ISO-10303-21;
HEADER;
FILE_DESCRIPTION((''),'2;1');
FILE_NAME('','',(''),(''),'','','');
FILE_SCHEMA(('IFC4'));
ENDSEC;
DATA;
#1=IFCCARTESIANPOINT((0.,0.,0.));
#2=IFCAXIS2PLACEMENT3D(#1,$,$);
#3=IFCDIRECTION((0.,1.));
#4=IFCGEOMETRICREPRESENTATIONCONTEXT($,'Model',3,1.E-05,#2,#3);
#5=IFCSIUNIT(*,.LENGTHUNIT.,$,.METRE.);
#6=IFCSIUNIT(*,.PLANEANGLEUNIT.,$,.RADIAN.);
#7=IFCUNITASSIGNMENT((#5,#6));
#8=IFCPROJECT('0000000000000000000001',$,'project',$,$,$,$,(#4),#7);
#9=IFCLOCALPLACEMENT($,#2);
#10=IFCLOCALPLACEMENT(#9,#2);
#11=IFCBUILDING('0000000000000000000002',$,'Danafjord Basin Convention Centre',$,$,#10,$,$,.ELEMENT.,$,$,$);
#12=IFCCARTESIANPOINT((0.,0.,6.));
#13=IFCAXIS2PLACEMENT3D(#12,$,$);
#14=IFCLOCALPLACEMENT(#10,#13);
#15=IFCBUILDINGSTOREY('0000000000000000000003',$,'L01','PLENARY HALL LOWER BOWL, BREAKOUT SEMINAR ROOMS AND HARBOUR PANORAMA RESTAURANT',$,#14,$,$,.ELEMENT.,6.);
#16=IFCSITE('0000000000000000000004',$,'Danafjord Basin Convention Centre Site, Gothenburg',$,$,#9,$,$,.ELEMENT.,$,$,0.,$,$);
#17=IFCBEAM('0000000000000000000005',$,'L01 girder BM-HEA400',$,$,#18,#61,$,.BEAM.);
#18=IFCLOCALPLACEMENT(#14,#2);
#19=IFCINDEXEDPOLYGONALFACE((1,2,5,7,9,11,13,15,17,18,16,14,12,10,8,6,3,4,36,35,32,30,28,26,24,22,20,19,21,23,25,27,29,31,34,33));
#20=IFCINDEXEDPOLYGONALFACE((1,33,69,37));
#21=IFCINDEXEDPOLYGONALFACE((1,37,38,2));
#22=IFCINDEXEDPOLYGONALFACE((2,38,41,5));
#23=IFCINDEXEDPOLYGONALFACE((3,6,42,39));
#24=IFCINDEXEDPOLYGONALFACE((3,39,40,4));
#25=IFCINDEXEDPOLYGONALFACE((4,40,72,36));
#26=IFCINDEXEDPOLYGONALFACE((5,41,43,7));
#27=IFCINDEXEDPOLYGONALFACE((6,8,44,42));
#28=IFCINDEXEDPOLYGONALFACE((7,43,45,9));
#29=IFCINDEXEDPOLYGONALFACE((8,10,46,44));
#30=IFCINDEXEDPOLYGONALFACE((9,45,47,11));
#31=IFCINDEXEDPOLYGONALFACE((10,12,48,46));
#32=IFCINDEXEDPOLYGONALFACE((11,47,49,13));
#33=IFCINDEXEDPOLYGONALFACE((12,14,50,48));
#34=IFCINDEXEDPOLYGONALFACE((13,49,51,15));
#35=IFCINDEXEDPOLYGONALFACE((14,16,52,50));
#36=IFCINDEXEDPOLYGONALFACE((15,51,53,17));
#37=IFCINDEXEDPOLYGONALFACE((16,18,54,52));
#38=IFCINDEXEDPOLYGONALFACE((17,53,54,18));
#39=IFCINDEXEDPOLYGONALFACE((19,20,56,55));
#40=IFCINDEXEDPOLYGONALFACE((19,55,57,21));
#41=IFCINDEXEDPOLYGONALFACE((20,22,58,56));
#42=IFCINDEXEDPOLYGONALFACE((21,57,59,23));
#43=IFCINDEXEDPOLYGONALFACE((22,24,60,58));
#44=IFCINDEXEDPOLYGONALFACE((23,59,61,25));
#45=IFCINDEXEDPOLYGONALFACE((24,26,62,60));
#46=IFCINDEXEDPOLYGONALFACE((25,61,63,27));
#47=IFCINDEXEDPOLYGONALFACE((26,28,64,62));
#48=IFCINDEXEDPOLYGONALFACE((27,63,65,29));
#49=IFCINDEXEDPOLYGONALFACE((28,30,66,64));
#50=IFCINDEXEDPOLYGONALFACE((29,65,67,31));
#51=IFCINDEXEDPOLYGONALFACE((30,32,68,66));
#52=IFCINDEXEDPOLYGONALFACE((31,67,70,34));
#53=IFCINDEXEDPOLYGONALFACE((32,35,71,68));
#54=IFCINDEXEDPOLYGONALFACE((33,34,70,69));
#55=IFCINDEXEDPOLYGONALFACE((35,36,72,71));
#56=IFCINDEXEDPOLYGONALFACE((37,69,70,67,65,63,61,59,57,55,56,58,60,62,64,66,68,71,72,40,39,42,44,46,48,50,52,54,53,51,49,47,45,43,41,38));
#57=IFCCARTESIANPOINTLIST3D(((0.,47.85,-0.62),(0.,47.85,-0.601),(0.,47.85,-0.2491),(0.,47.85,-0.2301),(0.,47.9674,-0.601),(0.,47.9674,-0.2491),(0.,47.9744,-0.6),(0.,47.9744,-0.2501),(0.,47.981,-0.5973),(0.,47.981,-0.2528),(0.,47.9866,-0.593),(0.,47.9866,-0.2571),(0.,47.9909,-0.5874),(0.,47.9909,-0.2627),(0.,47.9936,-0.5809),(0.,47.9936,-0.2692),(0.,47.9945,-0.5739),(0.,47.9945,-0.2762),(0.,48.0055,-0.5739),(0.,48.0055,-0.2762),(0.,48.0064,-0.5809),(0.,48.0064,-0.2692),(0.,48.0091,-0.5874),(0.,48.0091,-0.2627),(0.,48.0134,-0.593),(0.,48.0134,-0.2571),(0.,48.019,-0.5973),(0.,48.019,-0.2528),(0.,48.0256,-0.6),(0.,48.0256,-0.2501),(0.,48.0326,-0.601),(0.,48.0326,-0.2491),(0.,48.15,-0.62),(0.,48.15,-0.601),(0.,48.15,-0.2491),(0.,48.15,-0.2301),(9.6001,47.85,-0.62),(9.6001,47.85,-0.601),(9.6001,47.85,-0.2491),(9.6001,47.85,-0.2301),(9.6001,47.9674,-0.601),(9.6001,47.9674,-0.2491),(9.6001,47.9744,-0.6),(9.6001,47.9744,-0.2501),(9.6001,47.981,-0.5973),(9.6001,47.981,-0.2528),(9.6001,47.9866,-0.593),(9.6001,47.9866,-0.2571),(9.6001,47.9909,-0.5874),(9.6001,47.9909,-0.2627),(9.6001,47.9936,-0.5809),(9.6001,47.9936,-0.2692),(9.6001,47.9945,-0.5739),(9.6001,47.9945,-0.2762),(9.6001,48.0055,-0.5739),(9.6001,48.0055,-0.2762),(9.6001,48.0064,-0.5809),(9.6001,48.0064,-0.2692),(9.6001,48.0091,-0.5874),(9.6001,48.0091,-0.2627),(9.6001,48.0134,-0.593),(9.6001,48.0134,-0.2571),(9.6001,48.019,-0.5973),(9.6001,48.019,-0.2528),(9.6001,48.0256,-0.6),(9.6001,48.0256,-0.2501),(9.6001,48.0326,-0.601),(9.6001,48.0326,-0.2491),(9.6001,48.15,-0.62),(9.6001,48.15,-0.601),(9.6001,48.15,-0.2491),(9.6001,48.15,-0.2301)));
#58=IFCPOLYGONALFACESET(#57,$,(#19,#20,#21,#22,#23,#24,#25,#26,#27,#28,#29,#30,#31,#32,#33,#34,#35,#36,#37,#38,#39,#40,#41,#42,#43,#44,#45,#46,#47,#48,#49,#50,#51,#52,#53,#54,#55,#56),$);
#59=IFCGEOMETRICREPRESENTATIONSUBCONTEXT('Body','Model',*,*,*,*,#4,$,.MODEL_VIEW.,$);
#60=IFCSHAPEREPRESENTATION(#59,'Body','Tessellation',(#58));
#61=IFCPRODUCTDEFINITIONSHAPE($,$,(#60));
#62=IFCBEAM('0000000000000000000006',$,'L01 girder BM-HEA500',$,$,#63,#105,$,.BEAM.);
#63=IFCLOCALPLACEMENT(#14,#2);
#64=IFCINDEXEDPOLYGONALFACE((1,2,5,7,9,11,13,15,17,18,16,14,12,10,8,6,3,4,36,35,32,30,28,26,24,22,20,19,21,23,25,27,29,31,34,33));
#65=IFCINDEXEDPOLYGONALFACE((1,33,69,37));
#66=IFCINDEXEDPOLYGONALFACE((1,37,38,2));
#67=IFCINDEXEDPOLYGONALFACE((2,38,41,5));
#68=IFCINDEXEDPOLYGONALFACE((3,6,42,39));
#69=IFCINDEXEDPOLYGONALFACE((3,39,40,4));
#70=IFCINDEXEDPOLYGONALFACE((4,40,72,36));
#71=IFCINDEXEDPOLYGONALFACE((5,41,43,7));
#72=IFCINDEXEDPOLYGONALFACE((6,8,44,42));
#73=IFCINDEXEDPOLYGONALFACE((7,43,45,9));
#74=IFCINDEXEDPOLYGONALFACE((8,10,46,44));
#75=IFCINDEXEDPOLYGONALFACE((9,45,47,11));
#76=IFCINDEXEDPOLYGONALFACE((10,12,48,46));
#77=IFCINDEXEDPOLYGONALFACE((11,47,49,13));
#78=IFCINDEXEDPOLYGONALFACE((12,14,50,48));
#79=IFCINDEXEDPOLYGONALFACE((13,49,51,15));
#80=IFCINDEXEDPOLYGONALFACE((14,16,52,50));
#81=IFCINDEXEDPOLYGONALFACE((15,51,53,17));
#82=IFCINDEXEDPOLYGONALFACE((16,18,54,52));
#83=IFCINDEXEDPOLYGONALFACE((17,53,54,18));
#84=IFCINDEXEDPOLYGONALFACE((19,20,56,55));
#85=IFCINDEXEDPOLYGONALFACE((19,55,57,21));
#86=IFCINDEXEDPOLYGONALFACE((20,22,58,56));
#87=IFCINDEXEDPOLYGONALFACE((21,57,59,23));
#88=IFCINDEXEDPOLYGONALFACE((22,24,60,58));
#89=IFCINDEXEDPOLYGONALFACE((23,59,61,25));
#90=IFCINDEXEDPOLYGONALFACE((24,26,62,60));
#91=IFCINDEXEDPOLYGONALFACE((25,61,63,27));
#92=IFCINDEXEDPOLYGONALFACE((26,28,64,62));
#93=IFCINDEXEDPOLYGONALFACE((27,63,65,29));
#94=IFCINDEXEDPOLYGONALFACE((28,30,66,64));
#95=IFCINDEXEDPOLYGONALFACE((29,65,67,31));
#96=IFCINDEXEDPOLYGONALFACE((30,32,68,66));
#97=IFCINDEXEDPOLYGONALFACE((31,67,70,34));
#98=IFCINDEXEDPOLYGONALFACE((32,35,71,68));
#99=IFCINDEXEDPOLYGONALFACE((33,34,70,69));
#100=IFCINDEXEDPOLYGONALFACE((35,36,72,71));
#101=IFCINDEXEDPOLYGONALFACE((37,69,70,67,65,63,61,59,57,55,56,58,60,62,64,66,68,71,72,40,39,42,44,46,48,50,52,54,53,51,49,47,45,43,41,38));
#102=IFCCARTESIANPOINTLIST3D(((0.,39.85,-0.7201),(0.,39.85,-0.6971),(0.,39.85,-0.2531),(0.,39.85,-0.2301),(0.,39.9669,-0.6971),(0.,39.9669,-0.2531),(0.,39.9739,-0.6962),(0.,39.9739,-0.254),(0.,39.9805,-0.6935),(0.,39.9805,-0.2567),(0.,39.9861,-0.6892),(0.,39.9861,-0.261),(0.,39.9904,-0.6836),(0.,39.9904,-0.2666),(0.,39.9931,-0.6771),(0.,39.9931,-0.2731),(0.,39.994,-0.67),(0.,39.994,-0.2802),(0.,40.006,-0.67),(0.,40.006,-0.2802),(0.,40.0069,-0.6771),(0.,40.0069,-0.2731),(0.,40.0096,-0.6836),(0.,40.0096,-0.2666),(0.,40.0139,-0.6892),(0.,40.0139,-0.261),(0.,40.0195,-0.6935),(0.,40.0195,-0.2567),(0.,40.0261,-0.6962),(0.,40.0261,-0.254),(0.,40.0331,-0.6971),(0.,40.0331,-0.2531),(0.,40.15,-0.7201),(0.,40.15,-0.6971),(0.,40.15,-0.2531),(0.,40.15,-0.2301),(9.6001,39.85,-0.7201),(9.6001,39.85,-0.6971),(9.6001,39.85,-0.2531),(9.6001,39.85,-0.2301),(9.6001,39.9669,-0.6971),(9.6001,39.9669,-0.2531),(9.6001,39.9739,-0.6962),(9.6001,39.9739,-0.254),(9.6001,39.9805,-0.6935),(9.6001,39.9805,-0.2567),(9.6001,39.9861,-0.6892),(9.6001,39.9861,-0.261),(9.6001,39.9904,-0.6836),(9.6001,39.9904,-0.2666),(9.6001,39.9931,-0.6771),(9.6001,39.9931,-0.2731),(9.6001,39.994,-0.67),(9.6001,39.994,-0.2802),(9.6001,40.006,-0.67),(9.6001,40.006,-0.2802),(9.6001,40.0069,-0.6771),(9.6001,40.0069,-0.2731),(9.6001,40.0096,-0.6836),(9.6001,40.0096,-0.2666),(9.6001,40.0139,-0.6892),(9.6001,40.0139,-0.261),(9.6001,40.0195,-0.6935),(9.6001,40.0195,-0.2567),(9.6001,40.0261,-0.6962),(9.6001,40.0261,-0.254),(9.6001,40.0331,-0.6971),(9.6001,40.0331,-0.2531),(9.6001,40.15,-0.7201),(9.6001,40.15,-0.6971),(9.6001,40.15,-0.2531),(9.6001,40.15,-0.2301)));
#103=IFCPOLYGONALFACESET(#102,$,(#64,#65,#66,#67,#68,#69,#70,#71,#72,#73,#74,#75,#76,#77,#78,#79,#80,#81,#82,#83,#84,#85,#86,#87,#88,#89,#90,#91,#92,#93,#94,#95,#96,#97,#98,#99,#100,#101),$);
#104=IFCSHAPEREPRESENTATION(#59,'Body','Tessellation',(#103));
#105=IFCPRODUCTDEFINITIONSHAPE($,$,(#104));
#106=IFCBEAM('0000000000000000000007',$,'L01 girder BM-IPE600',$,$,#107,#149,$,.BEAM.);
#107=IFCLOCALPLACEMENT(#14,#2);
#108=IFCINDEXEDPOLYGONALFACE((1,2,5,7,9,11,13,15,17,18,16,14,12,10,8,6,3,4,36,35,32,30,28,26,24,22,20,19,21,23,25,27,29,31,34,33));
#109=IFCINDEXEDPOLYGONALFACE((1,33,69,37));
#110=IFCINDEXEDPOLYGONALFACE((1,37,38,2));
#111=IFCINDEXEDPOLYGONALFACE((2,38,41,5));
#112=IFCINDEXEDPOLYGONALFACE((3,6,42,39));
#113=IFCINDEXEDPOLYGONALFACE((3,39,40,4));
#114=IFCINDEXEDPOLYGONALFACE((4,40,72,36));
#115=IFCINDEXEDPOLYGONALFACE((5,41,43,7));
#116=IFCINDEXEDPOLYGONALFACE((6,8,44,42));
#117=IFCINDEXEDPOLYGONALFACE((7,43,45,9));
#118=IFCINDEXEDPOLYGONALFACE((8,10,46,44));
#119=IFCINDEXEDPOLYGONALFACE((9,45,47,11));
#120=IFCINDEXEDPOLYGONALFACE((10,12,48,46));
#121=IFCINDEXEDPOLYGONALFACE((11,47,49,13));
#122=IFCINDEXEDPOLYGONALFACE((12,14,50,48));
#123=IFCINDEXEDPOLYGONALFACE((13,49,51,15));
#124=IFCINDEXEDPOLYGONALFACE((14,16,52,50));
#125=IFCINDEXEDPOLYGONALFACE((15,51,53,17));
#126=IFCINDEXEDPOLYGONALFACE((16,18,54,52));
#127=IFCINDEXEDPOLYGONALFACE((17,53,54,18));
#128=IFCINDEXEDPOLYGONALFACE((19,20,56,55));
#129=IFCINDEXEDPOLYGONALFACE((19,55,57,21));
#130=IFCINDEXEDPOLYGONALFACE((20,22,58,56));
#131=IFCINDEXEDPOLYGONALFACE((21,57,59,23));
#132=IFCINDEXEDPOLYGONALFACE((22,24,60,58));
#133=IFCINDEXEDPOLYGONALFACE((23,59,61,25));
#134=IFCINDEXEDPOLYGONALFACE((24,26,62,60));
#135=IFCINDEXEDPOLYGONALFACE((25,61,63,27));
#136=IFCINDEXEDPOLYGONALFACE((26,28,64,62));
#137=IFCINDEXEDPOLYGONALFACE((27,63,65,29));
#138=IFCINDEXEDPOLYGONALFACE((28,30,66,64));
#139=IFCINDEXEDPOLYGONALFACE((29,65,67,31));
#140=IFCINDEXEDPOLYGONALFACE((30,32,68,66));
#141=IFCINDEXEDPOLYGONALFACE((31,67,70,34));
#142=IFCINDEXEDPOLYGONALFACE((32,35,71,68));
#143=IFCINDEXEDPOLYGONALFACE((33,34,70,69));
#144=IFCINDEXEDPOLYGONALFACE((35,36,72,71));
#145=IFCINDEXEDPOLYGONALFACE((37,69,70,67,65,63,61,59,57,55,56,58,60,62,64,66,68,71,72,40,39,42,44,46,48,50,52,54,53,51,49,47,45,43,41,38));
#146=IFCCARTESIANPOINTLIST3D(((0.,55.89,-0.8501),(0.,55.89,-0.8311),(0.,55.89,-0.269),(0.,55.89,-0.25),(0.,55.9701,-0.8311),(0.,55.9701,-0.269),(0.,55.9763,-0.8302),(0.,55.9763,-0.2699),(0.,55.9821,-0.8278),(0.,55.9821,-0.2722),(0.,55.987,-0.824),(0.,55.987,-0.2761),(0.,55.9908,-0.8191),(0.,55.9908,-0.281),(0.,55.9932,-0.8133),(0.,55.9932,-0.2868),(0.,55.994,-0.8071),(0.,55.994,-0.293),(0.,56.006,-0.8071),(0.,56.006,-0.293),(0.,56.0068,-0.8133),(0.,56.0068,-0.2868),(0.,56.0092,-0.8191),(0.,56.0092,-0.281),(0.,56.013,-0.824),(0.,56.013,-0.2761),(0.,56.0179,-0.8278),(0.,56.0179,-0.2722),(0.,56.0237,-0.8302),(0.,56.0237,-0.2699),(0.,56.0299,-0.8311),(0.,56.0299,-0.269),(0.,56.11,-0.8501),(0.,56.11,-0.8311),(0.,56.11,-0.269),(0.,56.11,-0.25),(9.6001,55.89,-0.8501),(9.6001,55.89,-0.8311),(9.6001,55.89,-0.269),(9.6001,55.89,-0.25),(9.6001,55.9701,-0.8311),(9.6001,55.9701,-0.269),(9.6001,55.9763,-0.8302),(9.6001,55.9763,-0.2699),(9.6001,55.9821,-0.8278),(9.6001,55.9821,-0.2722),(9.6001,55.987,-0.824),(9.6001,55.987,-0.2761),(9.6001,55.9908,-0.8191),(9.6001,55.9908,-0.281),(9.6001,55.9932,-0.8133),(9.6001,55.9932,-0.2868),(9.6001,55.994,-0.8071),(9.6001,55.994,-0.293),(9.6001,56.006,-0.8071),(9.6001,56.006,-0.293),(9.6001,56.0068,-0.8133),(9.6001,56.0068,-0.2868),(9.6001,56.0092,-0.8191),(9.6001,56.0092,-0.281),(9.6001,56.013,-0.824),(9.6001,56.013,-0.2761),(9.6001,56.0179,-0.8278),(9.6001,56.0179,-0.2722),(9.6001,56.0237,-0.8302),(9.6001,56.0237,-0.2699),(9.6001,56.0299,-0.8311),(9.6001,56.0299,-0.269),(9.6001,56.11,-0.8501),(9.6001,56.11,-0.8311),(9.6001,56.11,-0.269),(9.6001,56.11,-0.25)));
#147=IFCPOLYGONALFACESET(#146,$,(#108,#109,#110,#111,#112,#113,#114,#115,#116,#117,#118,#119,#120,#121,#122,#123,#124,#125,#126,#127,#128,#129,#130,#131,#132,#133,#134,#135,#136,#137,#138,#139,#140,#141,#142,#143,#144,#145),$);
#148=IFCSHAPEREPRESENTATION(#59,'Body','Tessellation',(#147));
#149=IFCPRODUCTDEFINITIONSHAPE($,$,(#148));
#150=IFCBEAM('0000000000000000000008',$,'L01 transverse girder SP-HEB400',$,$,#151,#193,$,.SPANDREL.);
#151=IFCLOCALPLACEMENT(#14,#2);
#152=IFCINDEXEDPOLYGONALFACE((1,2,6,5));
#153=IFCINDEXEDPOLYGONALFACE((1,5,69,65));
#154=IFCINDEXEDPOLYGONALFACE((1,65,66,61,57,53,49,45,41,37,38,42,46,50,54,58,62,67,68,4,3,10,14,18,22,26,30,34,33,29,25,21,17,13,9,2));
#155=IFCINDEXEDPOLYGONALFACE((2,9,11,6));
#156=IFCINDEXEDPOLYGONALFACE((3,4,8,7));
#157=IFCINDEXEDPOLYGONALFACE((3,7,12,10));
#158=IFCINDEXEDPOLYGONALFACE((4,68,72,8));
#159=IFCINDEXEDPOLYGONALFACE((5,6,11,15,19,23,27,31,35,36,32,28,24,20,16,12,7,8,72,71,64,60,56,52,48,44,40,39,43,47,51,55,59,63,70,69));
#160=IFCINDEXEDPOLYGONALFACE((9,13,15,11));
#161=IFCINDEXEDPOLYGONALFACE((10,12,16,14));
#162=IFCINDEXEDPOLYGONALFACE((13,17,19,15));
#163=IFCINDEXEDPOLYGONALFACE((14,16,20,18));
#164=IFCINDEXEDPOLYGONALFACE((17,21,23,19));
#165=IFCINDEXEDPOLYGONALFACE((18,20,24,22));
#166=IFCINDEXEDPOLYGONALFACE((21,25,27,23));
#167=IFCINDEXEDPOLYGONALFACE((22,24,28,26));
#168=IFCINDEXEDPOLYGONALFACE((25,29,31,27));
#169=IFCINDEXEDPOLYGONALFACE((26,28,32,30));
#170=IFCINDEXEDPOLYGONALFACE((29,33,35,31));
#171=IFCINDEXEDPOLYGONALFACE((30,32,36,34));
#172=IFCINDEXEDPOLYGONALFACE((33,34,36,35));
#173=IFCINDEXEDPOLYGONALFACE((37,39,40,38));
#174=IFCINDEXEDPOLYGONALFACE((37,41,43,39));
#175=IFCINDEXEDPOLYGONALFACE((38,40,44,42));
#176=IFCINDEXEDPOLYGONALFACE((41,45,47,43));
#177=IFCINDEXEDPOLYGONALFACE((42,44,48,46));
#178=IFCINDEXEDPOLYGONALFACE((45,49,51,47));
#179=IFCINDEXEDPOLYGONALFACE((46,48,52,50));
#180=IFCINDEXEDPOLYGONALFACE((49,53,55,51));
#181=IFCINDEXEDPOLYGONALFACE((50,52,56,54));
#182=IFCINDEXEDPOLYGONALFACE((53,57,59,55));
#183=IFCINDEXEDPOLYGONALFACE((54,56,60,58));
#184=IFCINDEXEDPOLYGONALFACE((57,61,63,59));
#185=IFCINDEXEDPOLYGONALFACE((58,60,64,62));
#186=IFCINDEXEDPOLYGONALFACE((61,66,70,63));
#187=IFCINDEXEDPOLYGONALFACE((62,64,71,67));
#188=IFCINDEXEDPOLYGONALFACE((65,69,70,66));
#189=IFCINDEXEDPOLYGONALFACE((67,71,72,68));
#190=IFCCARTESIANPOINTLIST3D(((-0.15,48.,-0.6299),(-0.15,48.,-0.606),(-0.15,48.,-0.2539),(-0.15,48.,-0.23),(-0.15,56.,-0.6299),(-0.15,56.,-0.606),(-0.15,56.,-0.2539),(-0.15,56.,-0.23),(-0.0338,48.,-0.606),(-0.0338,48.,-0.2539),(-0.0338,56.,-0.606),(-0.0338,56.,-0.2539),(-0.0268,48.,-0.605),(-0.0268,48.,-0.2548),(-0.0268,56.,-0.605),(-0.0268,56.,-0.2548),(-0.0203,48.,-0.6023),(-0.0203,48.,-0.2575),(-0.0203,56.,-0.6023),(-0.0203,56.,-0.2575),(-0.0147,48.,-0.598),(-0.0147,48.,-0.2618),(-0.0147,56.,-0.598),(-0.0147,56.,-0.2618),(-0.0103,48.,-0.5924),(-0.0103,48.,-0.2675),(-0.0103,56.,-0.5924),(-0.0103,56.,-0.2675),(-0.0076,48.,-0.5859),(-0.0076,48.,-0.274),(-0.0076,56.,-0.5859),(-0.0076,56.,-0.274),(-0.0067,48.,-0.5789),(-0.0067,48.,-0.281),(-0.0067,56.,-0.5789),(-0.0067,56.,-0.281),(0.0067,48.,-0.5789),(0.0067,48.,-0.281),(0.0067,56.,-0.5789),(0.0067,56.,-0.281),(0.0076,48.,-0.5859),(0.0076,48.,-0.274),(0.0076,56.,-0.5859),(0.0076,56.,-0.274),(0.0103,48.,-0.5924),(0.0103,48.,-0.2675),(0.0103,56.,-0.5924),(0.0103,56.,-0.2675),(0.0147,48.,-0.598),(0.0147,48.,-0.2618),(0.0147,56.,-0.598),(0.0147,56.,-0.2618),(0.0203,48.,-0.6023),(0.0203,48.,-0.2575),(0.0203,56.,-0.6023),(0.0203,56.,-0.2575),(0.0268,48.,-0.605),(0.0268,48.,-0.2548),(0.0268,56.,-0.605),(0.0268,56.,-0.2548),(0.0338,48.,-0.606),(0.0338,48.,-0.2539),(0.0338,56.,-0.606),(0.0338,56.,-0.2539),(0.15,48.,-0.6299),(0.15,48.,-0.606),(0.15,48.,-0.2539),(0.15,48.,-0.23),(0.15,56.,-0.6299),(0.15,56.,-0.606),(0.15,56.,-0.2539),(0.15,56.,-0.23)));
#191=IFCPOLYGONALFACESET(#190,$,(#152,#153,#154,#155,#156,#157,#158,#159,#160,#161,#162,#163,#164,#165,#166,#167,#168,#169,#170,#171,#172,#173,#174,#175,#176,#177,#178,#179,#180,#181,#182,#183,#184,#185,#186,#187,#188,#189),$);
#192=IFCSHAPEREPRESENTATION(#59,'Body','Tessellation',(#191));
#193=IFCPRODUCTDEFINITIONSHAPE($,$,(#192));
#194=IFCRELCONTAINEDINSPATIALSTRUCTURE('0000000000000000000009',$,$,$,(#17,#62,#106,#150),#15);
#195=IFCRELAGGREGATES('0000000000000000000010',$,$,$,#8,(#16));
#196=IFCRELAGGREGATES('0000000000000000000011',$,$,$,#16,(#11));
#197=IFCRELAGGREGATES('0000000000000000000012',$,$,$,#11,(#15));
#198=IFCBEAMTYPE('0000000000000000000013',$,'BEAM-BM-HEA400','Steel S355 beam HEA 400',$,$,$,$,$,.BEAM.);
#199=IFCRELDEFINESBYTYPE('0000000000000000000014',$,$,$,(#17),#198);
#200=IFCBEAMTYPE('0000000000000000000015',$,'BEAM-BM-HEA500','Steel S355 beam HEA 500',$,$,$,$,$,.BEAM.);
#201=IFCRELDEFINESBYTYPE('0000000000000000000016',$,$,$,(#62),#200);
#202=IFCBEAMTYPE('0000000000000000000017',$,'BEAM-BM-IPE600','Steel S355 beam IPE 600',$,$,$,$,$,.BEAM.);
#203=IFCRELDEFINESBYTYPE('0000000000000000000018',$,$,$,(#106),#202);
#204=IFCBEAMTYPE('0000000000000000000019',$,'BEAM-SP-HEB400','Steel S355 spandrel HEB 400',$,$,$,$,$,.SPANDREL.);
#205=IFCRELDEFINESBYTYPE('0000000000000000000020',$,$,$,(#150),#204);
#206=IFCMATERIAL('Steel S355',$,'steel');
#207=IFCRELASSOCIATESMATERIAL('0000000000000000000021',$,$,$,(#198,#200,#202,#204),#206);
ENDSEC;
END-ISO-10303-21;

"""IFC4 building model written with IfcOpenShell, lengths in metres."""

from ifc_helpers import new_model, si_unit, direction, frame, origin, origin_2d, place, context, subcontext, project, spatial, i_section, extrude, material, material_profile, profile_set, type_object, element, save


model = new_model("IFC4")

# Units and contexts
model_context = context("Model", 3, precision=1e-05, world=origin(), true_north=direction((0.0, 1.0)))
body_context = subcontext(model_context, "Body", "Model", "MODEL_VIEW")
ifc_project = project(units=[si_unit("LENGTHUNIT", "METRE"), si_unit("PLANEANGLEUNIT", "RADIAN")], contexts=[model_context])

# Site, building, storey
site_placement = place(None, origin())
site = spatial("IfcSite", under=ifc_project, at=site_placement, Name="Danafjord Basin Convention Centre Site, Gothenburg", CompositionType="ELEMENT", RefElevation=0.0)
building_placement = place(site_placement, origin())
building = spatial("IfcBuilding", under=site, at=building_placement, Name="Danafjord Basin Convention Centre", CompositionType="ELEMENT")
storey_placement = place(building_placement, frame((0.0, 0.0, 6.0)))
storey = spatial("IfcBuildingStorey", under=building, at=storey_placement, Name="L01", Description="PLENARY HALL LOWER BOWL, BREAKOUT SEMINAR ROOMS AND HARBOUR PANORAMA RESTAURANT", CompositionType="ELEMENT", Elevation=6.0)

# Shared definitions
ifc_material_1 = material(Name="Steel S355", Category="steel")

# Beams
ifc_material_profile_1 = material_profile(ifc_material_1, i_section(OverallWidth=0.3, OverallDepth=0.3899, WebThickness=0.011, FlangeThickness=0.019, FilletRadius=0.0271, at=origin_2d()), Name="HEA 400")
ifc_profile_set_1 = profile_set([ifc_material_profile_1], Name="Steel S355")
beam_type_1 = type_object("IfcBeamType", Name="BEAM-BM-HEA400", Description="Steel S355 beam HEA 400", PredefinedType="BEAM", material=ifc_profile_set_1)
beam_1_placement = place(storey_placement, frame((0.0, 48.0, -0.425), z_axis=(1.0, 0.0, 0.0), x_axis=(0.0, 1.0, 0.0)))
element("IfcBeam", 1, at=beam_1_placement, inside=storey, type_object=beam_type_1, Name="L01 girder BM-HEA400", PredefinedType="BEAM", context=body_context, shape_type="SweptSolid", body=[
    extrude(i_section(OverallWidth=0.3, OverallDepth=0.3899, WebThickness=0.011, FlangeThickness=0.019, FilletRadius=0.0271, at=origin_2d()), origin(), (0.0, 0.0, 1.0), 9.6001),
])
ifc_material_profile_2 = material_profile(ifc_material_1, i_section(OverallWidth=0.3, OverallDepth=0.49, WebThickness=0.012, FlangeThickness=0.0229, FilletRadius=0.0271, at=origin_2d()), Name="HEA 500")
ifc_profile_set_2 = profile_set([ifc_material_profile_2], Name="Steel S355")
beam_type_2 = type_object("IfcBeamType", Name="BEAM-BM-HEA500", Description="Steel S355 beam HEA 500", PredefinedType="BEAM", material=ifc_profile_set_2)
beam_2_placement = place(storey_placement, frame((0.0, 40.0, -0.4751), z_axis=(1.0, 0.0, 0.0), x_axis=(0.0, 1.0, 0.0)))
element("IfcBeam", 2, at=beam_2_placement, inside=storey, type_object=beam_type_2, Name="L01 girder BM-HEA500", PredefinedType="BEAM", context=body_context, shape_type="SweptSolid", body=[
    extrude(i_section(OverallWidth=0.3, OverallDepth=0.49, WebThickness=0.012, FlangeThickness=0.0229, FilletRadius=0.0271, at=origin_2d()), origin(), (0.0, 0.0, 1.0), 9.6001),
])
ifc_material_profile_3 = material_profile(ifc_material_1, i_section(OverallWidth=0.22, OverallDepth=0.6001, WebThickness=0.012, FlangeThickness=0.019, FilletRadius=0.0239, at=origin_2d()), Name="IPE 600")
ifc_profile_set_3 = profile_set([ifc_material_profile_3], Name="Steel S355")
beam_type_3 = type_object("IfcBeamType", Name="BEAM-BM-IPE600", Description="Steel S355 beam IPE 600", PredefinedType="BEAM", material=ifc_profile_set_3)
beam_3_placement = place(storey_placement, frame((0.0, 56.0, -0.55), z_axis=(1.0, 0.0, 0.0), x_axis=(0.0, 1.0, 0.0)))
element("IfcBeam", 3, at=beam_3_placement, inside=storey, type_object=beam_type_3, Name="L01 girder BM-IPE600", PredefinedType="BEAM", context=body_context, shape_type="SweptSolid", body=[
    extrude(i_section(OverallWidth=0.22, OverallDepth=0.6001, WebThickness=0.012, FlangeThickness=0.019, FilletRadius=0.0239, at=origin_2d()), origin(), (0.0, 0.0, 1.0), 9.6001),
])
ifc_material_profile_4 = material_profile(ifc_material_1, i_section(OverallWidth=0.3, OverallDepth=0.3999, WebThickness=0.0134, FlangeThickness=0.0239, FilletRadius=0.0271, at=origin_2d()), Name="HEB 400")
ifc_profile_set_4 = profile_set([ifc_material_profile_4], Name="Steel S355")
beam_type_4 = type_object("IfcBeamType", Name="BEAM-SP-HEB400", Description="Steel S355 spandrel HEB 400", PredefinedType="SPANDREL", material=ifc_profile_set_4)
beam_4_placement = place(storey_placement, frame((0.0, 48.0, -0.4299), z_axis=(0.0, 1.0, 0.0), x_axis=(-1.0, 0.0, 0.0)))
element("IfcBeam", 4, at=beam_4_placement, inside=storey, type_object=beam_type_4, Name="L01 transverse girder SP-HEB400", PredefinedType="SPANDREL", context=body_context, shape_type="SweptSolid", body=[
    extrude(i_section(OverallWidth=0.3, OverallDepth=0.3999, WebThickness=0.0134, FlangeThickness=0.0239, FilletRadius=0.0271, at=origin_2d()), origin(), (0.0, 0.0, 1.0), 8.0),
])

save(model, "model.ifc")
